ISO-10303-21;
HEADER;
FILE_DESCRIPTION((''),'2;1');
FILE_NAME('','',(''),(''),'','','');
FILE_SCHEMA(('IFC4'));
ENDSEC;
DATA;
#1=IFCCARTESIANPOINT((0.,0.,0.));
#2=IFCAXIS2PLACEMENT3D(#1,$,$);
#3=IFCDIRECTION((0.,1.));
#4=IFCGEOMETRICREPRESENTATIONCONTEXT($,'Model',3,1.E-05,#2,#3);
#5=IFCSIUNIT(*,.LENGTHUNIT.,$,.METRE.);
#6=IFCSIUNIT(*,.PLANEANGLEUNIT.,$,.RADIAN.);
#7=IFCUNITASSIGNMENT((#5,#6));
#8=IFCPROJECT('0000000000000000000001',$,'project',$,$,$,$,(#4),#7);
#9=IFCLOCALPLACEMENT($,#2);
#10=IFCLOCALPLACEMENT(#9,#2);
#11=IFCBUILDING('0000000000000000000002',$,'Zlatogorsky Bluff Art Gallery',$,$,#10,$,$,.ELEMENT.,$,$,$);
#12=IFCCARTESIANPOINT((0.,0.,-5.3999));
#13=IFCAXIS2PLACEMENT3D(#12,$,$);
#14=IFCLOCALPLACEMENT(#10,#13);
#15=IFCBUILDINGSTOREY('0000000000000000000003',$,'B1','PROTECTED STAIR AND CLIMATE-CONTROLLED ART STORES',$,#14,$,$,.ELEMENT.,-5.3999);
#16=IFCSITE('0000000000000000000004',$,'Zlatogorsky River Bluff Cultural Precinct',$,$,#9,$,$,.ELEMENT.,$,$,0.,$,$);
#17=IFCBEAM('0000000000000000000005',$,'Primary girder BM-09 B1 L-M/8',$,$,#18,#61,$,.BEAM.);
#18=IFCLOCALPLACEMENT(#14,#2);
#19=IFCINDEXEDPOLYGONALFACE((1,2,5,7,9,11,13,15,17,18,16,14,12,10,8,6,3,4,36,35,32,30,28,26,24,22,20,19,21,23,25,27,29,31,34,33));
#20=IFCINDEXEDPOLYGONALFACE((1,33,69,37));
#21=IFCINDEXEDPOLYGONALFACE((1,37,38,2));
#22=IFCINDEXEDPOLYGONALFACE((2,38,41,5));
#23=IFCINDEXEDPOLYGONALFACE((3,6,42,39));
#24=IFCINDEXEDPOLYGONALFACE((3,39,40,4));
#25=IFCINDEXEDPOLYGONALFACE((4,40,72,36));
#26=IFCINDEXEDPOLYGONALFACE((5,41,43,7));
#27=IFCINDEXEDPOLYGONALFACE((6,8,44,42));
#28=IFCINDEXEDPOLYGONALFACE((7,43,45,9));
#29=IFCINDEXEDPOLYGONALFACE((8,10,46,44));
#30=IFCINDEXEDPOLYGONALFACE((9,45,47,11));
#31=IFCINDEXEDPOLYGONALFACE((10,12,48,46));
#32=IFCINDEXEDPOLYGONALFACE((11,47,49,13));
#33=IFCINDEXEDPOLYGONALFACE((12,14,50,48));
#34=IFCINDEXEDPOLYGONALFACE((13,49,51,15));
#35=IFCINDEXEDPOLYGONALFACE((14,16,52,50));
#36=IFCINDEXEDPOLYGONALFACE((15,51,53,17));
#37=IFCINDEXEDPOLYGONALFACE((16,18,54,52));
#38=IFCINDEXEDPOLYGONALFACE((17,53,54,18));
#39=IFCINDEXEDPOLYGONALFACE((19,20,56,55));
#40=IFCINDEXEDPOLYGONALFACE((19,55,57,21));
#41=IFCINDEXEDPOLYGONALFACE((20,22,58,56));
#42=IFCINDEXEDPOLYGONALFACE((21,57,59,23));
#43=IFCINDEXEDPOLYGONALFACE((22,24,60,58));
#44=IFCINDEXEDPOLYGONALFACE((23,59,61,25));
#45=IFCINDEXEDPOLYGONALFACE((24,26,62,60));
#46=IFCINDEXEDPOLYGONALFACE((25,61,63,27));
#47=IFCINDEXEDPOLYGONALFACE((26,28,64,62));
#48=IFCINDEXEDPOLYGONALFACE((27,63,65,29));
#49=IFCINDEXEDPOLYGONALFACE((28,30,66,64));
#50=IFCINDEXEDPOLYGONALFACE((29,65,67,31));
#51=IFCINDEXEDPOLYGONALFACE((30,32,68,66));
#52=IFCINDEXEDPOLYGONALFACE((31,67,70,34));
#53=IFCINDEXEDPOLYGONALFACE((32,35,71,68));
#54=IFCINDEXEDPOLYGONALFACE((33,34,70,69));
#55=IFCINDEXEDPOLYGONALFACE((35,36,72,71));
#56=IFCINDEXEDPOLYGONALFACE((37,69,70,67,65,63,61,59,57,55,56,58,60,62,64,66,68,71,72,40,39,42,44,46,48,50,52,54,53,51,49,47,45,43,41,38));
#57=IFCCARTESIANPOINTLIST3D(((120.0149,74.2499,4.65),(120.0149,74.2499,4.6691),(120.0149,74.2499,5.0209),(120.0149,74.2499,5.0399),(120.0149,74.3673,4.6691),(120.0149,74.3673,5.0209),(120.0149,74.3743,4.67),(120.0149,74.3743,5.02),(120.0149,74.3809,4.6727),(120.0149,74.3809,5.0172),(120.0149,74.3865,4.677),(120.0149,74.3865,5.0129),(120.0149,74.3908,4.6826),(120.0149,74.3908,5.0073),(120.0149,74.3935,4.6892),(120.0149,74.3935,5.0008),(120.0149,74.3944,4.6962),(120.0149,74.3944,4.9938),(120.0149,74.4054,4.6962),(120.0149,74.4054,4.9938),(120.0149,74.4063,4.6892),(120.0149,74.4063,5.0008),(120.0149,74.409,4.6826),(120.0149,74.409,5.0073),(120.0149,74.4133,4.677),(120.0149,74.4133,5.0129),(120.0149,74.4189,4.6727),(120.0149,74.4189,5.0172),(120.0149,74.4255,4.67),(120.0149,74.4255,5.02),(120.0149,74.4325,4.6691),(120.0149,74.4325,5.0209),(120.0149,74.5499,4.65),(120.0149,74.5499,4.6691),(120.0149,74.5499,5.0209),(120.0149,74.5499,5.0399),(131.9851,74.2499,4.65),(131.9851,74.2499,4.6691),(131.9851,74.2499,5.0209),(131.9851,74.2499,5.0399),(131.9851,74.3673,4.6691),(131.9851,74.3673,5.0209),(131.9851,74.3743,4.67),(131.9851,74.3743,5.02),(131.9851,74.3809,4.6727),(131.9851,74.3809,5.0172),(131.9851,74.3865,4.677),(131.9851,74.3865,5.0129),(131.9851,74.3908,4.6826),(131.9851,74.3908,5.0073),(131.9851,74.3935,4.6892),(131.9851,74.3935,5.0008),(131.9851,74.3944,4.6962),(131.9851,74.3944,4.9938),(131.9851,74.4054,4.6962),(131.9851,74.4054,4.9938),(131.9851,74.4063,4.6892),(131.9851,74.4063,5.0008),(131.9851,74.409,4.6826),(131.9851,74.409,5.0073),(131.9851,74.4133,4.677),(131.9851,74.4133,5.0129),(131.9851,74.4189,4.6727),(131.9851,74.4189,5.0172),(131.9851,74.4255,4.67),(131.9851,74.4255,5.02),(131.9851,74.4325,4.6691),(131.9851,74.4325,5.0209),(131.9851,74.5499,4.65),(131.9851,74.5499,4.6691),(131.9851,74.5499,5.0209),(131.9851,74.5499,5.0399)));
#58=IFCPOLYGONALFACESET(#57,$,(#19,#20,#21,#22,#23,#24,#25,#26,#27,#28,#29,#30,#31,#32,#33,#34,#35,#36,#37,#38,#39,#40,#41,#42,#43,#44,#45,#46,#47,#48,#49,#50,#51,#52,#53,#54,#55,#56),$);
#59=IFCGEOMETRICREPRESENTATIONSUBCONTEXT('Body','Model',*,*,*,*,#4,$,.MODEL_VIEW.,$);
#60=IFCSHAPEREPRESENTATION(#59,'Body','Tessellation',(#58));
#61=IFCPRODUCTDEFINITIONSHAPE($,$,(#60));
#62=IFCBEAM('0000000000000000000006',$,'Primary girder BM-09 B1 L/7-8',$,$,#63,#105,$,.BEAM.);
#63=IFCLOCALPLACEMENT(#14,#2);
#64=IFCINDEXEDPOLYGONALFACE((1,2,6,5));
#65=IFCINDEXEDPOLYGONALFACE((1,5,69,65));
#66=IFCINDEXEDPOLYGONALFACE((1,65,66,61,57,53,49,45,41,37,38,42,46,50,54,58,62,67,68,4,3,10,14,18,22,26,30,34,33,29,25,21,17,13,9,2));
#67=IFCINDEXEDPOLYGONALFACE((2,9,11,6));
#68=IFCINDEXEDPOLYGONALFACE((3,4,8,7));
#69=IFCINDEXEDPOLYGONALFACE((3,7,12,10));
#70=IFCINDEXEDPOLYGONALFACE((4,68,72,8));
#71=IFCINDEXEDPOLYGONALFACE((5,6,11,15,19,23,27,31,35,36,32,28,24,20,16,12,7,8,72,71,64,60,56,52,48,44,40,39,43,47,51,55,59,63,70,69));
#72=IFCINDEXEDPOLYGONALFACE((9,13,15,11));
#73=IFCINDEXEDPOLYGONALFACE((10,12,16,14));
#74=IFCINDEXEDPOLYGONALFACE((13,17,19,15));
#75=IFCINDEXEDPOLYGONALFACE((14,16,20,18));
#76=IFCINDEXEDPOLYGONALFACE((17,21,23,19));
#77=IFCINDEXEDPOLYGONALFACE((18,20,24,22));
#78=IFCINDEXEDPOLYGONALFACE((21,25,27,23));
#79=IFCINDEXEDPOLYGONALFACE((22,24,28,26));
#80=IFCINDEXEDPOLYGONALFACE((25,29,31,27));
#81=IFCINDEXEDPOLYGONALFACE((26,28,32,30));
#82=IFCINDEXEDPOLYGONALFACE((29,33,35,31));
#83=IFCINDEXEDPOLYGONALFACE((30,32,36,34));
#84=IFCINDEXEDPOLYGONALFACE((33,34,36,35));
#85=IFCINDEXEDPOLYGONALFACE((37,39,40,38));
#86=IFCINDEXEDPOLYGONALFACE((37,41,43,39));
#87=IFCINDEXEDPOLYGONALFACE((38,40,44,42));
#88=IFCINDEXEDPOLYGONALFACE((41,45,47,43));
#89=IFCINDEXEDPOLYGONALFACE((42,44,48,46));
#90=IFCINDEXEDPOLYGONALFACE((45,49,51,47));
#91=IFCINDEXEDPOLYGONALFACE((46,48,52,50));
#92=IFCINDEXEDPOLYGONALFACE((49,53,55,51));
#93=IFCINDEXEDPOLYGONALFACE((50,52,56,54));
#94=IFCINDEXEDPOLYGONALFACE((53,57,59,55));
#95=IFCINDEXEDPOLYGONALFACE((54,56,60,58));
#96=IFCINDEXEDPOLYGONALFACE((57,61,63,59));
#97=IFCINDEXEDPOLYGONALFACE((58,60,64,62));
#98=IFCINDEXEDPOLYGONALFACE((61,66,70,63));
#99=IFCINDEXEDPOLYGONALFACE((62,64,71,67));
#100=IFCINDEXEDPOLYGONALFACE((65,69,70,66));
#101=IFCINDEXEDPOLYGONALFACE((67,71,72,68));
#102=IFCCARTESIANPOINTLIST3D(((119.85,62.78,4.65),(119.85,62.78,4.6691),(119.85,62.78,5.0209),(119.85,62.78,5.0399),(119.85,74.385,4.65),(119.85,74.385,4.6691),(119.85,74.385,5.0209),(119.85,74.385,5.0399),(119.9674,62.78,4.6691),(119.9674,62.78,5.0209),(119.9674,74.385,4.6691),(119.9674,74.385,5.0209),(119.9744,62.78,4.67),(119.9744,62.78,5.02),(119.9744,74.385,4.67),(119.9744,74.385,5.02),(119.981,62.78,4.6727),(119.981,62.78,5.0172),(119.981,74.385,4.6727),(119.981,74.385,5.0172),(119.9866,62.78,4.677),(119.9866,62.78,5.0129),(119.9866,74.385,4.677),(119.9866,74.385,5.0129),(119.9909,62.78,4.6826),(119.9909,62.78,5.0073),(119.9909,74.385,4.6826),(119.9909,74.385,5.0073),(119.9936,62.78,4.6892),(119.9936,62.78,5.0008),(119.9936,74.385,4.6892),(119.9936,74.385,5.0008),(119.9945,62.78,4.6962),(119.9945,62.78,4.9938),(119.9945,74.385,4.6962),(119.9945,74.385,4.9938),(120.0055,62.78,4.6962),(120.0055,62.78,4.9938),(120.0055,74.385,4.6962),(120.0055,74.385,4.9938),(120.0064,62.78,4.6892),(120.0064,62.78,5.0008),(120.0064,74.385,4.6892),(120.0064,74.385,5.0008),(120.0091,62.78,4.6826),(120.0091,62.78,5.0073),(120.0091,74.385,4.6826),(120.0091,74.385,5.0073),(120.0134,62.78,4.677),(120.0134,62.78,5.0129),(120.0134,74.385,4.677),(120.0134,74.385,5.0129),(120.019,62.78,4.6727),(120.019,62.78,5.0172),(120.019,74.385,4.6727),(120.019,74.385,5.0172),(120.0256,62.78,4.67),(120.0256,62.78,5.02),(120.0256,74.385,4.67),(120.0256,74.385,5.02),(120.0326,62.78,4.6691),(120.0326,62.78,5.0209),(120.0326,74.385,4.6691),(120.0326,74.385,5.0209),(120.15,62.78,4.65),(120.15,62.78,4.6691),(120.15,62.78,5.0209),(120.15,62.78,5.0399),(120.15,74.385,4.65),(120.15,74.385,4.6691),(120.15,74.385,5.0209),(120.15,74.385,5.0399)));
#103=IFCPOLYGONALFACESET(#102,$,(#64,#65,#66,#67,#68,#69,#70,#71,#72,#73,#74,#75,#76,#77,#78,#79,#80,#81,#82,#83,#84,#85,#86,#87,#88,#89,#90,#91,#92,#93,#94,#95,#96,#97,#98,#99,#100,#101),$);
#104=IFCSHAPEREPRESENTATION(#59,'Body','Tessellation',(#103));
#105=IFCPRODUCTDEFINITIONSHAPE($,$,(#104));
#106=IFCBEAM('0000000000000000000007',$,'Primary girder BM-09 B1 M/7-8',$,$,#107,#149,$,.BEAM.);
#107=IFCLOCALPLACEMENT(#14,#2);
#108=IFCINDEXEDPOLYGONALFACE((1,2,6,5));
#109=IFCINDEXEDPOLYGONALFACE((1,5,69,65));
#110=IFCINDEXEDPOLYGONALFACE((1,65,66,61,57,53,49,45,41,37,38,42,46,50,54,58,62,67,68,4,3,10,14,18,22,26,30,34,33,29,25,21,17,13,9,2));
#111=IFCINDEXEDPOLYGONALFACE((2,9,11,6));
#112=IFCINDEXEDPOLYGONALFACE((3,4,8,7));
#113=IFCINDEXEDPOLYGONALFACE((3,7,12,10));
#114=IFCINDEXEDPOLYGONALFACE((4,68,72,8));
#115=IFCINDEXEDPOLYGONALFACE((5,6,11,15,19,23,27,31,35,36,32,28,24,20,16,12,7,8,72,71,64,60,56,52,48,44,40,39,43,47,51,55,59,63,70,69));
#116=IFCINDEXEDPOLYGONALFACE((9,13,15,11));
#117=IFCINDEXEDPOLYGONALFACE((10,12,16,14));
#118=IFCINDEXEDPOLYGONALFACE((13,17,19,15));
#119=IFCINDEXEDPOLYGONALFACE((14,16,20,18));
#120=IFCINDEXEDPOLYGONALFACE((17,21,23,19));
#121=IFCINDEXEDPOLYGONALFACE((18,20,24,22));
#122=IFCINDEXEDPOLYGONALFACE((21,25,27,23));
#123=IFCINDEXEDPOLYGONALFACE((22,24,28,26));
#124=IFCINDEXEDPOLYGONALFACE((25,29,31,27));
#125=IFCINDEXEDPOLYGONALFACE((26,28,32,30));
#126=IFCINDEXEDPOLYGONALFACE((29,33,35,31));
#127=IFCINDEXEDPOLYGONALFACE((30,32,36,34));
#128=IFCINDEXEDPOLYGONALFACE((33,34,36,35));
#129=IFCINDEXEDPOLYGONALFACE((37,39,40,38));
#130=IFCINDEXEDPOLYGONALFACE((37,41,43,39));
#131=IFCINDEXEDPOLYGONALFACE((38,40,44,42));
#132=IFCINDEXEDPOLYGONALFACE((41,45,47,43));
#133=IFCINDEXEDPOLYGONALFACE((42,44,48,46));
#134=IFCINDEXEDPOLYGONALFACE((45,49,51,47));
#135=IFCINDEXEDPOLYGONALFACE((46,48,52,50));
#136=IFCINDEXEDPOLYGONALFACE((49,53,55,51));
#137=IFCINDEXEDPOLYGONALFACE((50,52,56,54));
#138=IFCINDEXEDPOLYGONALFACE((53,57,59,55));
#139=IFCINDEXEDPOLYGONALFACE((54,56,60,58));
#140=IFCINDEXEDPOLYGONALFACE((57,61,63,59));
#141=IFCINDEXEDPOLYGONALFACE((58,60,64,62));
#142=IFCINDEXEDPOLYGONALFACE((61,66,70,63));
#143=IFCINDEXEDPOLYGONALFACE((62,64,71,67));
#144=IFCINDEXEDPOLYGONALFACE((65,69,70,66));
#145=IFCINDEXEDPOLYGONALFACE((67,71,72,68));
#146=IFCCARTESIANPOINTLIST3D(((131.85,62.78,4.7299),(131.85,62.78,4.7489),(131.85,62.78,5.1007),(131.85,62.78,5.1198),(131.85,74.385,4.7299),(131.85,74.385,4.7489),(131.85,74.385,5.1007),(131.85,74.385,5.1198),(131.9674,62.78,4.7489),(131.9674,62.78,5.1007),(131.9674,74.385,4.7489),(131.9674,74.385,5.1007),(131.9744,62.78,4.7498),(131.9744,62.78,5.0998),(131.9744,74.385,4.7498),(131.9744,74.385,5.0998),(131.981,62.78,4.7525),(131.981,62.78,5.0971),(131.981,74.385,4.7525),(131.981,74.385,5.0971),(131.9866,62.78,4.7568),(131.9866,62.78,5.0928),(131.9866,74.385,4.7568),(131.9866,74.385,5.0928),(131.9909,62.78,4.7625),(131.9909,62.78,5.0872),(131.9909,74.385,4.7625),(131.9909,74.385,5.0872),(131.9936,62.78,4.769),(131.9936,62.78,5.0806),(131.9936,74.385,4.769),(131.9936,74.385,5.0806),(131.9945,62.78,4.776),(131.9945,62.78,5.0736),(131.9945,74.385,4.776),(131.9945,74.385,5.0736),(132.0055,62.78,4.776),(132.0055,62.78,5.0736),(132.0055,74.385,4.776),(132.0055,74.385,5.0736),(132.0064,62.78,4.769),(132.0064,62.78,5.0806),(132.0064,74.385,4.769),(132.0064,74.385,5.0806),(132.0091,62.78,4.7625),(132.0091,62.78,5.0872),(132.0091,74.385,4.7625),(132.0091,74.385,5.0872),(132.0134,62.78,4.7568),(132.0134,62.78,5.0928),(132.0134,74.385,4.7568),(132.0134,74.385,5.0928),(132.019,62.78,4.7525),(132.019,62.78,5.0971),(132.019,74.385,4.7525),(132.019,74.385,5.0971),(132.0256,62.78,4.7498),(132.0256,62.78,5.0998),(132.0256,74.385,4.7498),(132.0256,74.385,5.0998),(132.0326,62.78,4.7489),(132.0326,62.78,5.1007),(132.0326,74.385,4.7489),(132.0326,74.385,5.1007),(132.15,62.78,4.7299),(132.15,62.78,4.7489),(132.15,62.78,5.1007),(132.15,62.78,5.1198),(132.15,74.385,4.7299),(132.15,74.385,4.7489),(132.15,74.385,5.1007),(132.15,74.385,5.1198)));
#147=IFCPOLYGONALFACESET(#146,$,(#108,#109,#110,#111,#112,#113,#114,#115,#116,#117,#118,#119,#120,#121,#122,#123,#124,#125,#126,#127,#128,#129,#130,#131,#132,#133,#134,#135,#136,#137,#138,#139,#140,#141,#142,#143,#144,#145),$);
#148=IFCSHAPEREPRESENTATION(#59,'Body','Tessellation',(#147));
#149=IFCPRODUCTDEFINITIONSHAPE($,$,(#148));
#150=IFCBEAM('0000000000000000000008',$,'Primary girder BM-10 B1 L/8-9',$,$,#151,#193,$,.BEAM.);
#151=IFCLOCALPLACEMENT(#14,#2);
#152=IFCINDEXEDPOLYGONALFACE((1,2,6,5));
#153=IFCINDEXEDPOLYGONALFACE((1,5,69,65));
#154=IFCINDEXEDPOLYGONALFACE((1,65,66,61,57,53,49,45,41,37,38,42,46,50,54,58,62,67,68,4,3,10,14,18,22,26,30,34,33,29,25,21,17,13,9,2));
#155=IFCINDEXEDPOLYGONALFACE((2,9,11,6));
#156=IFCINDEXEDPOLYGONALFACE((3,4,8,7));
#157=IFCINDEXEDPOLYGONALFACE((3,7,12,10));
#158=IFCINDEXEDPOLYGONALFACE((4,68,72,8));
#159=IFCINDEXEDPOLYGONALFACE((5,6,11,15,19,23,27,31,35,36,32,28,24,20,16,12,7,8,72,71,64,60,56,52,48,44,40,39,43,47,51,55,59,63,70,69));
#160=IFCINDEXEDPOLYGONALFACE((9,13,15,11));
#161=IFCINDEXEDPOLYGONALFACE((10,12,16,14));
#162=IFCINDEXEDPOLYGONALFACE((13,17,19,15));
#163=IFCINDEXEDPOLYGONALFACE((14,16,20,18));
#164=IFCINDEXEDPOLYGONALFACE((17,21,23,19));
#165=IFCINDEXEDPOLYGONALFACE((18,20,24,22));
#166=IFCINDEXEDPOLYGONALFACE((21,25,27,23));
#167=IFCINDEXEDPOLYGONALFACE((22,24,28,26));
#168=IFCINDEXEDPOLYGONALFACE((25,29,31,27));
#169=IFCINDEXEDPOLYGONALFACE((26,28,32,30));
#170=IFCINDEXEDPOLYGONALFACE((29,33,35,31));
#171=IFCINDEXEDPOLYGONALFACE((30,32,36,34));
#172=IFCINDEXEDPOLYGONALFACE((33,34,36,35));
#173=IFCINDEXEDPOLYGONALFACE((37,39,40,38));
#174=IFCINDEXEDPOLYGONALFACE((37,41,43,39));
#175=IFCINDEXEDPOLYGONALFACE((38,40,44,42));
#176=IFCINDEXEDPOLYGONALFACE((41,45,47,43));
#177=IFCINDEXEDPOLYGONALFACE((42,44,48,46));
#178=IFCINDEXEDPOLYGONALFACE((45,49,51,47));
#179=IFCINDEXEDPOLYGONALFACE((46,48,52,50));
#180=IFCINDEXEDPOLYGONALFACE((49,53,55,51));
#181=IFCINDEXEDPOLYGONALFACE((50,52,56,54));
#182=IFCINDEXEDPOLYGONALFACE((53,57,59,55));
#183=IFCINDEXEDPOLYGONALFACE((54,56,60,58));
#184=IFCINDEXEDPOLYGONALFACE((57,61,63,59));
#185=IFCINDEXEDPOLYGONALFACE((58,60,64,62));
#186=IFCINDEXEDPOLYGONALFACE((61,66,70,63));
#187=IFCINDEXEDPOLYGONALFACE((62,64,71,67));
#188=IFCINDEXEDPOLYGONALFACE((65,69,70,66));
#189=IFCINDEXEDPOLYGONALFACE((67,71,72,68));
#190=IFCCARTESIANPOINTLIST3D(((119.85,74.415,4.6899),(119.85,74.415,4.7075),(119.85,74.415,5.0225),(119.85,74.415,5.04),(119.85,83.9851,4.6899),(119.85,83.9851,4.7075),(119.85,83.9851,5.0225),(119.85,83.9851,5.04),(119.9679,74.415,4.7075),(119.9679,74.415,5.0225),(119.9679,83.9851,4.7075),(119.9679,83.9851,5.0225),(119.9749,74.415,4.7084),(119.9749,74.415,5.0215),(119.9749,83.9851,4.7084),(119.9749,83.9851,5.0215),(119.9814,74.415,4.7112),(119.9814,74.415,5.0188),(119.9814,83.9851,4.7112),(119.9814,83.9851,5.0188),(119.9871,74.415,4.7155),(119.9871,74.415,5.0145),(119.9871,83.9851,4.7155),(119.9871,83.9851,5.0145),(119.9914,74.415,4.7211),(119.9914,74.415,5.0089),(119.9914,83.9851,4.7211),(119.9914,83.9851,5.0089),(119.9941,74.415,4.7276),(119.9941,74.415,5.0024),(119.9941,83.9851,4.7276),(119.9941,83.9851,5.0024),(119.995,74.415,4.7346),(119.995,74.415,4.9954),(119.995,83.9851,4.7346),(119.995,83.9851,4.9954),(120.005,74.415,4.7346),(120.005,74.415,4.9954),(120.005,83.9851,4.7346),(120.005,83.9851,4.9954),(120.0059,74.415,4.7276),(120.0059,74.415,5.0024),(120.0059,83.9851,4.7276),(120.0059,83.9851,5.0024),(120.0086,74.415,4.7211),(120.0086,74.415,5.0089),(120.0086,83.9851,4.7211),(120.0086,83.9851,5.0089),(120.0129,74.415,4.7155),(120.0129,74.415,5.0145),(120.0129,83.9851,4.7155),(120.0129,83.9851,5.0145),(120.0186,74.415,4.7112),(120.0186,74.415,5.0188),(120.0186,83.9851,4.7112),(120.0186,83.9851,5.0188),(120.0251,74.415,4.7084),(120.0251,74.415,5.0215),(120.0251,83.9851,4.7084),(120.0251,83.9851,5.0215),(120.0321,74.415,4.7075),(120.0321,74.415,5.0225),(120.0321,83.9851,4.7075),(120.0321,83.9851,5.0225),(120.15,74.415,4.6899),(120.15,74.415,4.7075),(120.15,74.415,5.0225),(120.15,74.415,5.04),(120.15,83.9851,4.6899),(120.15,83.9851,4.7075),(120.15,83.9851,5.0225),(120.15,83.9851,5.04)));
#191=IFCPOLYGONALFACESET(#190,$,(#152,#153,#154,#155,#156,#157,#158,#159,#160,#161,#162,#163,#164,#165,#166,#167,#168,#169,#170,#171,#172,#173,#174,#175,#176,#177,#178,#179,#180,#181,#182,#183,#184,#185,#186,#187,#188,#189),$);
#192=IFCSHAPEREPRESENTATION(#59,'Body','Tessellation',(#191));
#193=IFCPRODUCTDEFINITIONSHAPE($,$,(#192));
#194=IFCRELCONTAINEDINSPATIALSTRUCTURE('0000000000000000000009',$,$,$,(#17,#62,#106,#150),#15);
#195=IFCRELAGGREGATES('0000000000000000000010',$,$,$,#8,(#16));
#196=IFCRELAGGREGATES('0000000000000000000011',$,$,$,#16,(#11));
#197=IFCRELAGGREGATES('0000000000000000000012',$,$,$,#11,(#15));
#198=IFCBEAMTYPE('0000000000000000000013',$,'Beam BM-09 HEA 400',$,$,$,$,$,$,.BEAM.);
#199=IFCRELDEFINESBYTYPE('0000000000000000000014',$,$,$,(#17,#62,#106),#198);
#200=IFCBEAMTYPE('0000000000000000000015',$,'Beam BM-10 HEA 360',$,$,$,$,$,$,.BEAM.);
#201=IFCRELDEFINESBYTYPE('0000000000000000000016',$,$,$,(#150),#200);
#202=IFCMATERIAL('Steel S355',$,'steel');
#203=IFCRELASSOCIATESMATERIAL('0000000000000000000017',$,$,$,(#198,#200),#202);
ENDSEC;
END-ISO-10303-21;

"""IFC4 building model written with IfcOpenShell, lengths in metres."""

from ifc_helpers import new_model, si_unit, direction, frame, origin, origin_2d, place, context, subcontext, project, spatial, i_section, extrude, material, material_profile, profile_set, type_object, element, save


model = new_model("IFC4")

# Units and contexts
model_context = context("Model", 3, precision=1e-05, world=origin(), true_north=direction((0.0, 1.0)))
body_context = subcontext(model_context, "Body", "Model", "MODEL_VIEW")
ifc_project = project(units=[si_unit("LENGTHUNIT", "METRE"), si_unit("PLANEANGLEUNIT", "RADIAN")], contexts=[model_context])

# Site, building, storey
site_placement = place(None, origin())
site = spatial("IfcSite", under=ifc_project, at=site_placement, Name="Zlatogorsky River Bluff Cultural Precinct", CompositionType="ELEMENT", RefElevation=0.0)
building_placement = place(site_placement, origin())
building = spatial("IfcBuilding", under=site, at=building_placement, Name="Zlatogorsky Bluff Art Gallery", CompositionType="ELEMENT")
storey_placement = place(building_placement, frame((0.0, 0.0, -5.3999)))
storey = spatial("IfcBuildingStorey", under=building, at=storey_placement, Name="B1", Description="PROTECTED STAIR AND CLIMATE-CONTROLLED ART STORES", CompositionType="ELEMENT", Elevation=-5.3999)

# Beams
ifc_material_1 = material(Name="Steel S355", Category="steel")
ifc_material_profile_1 = material_profile(ifc_material_1, i_section(OverallWidth=0.3, OverallDepth=0.3899, WebThickness=0.011, FlangeThickness=0.019, FilletRadius=0.0271, at=origin_2d()), Name="HEA 400")
ifc_profile_set_1 = profile_set([ifc_material_profile_1], Name="Steel S355")
beam_type_1 = type_object("IfcBeamType", Name="Beam BM-09 HEA 400", PredefinedType="BEAM", material=ifc_profile_set_1)
beam_1_placement = place(storey_placement, frame((120.0149, 74.3999, 4.845), z_axis=(1.0, 0.0, 0.0), x_axis=(0.0, 1.0, 0.0)))
element("IfcBeam", 1, at=beam_1_placement, inside=storey, type_object=beam_type_1, Name="Primary girder BM-09 B1 L-M/8", PredefinedType="BEAM", context=body_context, shape_type="SweptSolid", body=[
    extrude(i_section(OverallWidth=0.3, OverallDepth=0.3899, WebThickness=0.011, FlangeThickness=0.019, FilletRadius=0.0271, at=origin_2d()), origin(), (0.0, 0.0, 1.0), 11.9702),
])
for number, where, z_axis, x_axis, name in (
    (2, (120.0, 62.78, 4.845), (0.0, 1.0, 0.0), (-1.0, 0.0, 0.0), "Primary girder BM-09 B1 L/7-8"),
    (3, (132.0, 62.78, 4.9248), (0.0, 1.0, 0.0), (-1.0, 0.0, 0.0), "Primary girder BM-09 B1 M/7-8"),
):
    element("IfcBeam", number, at=place(storey_placement, frame(where, z_axis=z_axis, x_axis=x_axis)), inside=storey, type_object=beam_type_1, Name=name, PredefinedType="BEAM", context=body_context, shape_type="SweptSolid", body=[
        extrude(i_section(OverallWidth=0.3, OverallDepth=0.3899, WebThickness=0.011, FlangeThickness=0.019, FilletRadius=0.0271, at=origin_2d()), origin(), (0.0, 0.0, 1.0), 11.605),
    ])
ifc_material_profile_2 = material_profile(ifc_material_1, i_section(OverallWidth=0.3, OverallDepth=0.3501, WebThickness=0.01, FlangeThickness=0.0176, FilletRadius=0.0271, at=origin_2d()), Name="HEA 360")
ifc_profile_set_2 = profile_set([ifc_material_profile_2], Name="Steel S355")
beam_type_2 = type_object("IfcBeamType", Name="Beam BM-10 HEA 360", PredefinedType="BEAM", material=ifc_profile_set_2)
beam_2_placement = place(storey_placement, frame((120.0, 74.415, 4.865), z_axis=(0.0, 1.0, 0.0), x_axis=(-1.0, 0.0, 0.0)))
element("IfcBeam", 4, at=beam_2_placement, inside=storey, type_object=beam_type_2, Name="Primary girder BM-10 B1 L/8-9", PredefinedType="BEAM", context=body_context, shape_type="SweptSolid", body=[
    extrude(i_section(OverallWidth=0.3, OverallDepth=0.3501, WebThickness=0.01, FlangeThickness=0.0176, FilletRadius=0.0271, at=origin_2d()), origin(), (0.0, 0.0, 1.0), 9.5701),
])

save(model, "model.ifc")
